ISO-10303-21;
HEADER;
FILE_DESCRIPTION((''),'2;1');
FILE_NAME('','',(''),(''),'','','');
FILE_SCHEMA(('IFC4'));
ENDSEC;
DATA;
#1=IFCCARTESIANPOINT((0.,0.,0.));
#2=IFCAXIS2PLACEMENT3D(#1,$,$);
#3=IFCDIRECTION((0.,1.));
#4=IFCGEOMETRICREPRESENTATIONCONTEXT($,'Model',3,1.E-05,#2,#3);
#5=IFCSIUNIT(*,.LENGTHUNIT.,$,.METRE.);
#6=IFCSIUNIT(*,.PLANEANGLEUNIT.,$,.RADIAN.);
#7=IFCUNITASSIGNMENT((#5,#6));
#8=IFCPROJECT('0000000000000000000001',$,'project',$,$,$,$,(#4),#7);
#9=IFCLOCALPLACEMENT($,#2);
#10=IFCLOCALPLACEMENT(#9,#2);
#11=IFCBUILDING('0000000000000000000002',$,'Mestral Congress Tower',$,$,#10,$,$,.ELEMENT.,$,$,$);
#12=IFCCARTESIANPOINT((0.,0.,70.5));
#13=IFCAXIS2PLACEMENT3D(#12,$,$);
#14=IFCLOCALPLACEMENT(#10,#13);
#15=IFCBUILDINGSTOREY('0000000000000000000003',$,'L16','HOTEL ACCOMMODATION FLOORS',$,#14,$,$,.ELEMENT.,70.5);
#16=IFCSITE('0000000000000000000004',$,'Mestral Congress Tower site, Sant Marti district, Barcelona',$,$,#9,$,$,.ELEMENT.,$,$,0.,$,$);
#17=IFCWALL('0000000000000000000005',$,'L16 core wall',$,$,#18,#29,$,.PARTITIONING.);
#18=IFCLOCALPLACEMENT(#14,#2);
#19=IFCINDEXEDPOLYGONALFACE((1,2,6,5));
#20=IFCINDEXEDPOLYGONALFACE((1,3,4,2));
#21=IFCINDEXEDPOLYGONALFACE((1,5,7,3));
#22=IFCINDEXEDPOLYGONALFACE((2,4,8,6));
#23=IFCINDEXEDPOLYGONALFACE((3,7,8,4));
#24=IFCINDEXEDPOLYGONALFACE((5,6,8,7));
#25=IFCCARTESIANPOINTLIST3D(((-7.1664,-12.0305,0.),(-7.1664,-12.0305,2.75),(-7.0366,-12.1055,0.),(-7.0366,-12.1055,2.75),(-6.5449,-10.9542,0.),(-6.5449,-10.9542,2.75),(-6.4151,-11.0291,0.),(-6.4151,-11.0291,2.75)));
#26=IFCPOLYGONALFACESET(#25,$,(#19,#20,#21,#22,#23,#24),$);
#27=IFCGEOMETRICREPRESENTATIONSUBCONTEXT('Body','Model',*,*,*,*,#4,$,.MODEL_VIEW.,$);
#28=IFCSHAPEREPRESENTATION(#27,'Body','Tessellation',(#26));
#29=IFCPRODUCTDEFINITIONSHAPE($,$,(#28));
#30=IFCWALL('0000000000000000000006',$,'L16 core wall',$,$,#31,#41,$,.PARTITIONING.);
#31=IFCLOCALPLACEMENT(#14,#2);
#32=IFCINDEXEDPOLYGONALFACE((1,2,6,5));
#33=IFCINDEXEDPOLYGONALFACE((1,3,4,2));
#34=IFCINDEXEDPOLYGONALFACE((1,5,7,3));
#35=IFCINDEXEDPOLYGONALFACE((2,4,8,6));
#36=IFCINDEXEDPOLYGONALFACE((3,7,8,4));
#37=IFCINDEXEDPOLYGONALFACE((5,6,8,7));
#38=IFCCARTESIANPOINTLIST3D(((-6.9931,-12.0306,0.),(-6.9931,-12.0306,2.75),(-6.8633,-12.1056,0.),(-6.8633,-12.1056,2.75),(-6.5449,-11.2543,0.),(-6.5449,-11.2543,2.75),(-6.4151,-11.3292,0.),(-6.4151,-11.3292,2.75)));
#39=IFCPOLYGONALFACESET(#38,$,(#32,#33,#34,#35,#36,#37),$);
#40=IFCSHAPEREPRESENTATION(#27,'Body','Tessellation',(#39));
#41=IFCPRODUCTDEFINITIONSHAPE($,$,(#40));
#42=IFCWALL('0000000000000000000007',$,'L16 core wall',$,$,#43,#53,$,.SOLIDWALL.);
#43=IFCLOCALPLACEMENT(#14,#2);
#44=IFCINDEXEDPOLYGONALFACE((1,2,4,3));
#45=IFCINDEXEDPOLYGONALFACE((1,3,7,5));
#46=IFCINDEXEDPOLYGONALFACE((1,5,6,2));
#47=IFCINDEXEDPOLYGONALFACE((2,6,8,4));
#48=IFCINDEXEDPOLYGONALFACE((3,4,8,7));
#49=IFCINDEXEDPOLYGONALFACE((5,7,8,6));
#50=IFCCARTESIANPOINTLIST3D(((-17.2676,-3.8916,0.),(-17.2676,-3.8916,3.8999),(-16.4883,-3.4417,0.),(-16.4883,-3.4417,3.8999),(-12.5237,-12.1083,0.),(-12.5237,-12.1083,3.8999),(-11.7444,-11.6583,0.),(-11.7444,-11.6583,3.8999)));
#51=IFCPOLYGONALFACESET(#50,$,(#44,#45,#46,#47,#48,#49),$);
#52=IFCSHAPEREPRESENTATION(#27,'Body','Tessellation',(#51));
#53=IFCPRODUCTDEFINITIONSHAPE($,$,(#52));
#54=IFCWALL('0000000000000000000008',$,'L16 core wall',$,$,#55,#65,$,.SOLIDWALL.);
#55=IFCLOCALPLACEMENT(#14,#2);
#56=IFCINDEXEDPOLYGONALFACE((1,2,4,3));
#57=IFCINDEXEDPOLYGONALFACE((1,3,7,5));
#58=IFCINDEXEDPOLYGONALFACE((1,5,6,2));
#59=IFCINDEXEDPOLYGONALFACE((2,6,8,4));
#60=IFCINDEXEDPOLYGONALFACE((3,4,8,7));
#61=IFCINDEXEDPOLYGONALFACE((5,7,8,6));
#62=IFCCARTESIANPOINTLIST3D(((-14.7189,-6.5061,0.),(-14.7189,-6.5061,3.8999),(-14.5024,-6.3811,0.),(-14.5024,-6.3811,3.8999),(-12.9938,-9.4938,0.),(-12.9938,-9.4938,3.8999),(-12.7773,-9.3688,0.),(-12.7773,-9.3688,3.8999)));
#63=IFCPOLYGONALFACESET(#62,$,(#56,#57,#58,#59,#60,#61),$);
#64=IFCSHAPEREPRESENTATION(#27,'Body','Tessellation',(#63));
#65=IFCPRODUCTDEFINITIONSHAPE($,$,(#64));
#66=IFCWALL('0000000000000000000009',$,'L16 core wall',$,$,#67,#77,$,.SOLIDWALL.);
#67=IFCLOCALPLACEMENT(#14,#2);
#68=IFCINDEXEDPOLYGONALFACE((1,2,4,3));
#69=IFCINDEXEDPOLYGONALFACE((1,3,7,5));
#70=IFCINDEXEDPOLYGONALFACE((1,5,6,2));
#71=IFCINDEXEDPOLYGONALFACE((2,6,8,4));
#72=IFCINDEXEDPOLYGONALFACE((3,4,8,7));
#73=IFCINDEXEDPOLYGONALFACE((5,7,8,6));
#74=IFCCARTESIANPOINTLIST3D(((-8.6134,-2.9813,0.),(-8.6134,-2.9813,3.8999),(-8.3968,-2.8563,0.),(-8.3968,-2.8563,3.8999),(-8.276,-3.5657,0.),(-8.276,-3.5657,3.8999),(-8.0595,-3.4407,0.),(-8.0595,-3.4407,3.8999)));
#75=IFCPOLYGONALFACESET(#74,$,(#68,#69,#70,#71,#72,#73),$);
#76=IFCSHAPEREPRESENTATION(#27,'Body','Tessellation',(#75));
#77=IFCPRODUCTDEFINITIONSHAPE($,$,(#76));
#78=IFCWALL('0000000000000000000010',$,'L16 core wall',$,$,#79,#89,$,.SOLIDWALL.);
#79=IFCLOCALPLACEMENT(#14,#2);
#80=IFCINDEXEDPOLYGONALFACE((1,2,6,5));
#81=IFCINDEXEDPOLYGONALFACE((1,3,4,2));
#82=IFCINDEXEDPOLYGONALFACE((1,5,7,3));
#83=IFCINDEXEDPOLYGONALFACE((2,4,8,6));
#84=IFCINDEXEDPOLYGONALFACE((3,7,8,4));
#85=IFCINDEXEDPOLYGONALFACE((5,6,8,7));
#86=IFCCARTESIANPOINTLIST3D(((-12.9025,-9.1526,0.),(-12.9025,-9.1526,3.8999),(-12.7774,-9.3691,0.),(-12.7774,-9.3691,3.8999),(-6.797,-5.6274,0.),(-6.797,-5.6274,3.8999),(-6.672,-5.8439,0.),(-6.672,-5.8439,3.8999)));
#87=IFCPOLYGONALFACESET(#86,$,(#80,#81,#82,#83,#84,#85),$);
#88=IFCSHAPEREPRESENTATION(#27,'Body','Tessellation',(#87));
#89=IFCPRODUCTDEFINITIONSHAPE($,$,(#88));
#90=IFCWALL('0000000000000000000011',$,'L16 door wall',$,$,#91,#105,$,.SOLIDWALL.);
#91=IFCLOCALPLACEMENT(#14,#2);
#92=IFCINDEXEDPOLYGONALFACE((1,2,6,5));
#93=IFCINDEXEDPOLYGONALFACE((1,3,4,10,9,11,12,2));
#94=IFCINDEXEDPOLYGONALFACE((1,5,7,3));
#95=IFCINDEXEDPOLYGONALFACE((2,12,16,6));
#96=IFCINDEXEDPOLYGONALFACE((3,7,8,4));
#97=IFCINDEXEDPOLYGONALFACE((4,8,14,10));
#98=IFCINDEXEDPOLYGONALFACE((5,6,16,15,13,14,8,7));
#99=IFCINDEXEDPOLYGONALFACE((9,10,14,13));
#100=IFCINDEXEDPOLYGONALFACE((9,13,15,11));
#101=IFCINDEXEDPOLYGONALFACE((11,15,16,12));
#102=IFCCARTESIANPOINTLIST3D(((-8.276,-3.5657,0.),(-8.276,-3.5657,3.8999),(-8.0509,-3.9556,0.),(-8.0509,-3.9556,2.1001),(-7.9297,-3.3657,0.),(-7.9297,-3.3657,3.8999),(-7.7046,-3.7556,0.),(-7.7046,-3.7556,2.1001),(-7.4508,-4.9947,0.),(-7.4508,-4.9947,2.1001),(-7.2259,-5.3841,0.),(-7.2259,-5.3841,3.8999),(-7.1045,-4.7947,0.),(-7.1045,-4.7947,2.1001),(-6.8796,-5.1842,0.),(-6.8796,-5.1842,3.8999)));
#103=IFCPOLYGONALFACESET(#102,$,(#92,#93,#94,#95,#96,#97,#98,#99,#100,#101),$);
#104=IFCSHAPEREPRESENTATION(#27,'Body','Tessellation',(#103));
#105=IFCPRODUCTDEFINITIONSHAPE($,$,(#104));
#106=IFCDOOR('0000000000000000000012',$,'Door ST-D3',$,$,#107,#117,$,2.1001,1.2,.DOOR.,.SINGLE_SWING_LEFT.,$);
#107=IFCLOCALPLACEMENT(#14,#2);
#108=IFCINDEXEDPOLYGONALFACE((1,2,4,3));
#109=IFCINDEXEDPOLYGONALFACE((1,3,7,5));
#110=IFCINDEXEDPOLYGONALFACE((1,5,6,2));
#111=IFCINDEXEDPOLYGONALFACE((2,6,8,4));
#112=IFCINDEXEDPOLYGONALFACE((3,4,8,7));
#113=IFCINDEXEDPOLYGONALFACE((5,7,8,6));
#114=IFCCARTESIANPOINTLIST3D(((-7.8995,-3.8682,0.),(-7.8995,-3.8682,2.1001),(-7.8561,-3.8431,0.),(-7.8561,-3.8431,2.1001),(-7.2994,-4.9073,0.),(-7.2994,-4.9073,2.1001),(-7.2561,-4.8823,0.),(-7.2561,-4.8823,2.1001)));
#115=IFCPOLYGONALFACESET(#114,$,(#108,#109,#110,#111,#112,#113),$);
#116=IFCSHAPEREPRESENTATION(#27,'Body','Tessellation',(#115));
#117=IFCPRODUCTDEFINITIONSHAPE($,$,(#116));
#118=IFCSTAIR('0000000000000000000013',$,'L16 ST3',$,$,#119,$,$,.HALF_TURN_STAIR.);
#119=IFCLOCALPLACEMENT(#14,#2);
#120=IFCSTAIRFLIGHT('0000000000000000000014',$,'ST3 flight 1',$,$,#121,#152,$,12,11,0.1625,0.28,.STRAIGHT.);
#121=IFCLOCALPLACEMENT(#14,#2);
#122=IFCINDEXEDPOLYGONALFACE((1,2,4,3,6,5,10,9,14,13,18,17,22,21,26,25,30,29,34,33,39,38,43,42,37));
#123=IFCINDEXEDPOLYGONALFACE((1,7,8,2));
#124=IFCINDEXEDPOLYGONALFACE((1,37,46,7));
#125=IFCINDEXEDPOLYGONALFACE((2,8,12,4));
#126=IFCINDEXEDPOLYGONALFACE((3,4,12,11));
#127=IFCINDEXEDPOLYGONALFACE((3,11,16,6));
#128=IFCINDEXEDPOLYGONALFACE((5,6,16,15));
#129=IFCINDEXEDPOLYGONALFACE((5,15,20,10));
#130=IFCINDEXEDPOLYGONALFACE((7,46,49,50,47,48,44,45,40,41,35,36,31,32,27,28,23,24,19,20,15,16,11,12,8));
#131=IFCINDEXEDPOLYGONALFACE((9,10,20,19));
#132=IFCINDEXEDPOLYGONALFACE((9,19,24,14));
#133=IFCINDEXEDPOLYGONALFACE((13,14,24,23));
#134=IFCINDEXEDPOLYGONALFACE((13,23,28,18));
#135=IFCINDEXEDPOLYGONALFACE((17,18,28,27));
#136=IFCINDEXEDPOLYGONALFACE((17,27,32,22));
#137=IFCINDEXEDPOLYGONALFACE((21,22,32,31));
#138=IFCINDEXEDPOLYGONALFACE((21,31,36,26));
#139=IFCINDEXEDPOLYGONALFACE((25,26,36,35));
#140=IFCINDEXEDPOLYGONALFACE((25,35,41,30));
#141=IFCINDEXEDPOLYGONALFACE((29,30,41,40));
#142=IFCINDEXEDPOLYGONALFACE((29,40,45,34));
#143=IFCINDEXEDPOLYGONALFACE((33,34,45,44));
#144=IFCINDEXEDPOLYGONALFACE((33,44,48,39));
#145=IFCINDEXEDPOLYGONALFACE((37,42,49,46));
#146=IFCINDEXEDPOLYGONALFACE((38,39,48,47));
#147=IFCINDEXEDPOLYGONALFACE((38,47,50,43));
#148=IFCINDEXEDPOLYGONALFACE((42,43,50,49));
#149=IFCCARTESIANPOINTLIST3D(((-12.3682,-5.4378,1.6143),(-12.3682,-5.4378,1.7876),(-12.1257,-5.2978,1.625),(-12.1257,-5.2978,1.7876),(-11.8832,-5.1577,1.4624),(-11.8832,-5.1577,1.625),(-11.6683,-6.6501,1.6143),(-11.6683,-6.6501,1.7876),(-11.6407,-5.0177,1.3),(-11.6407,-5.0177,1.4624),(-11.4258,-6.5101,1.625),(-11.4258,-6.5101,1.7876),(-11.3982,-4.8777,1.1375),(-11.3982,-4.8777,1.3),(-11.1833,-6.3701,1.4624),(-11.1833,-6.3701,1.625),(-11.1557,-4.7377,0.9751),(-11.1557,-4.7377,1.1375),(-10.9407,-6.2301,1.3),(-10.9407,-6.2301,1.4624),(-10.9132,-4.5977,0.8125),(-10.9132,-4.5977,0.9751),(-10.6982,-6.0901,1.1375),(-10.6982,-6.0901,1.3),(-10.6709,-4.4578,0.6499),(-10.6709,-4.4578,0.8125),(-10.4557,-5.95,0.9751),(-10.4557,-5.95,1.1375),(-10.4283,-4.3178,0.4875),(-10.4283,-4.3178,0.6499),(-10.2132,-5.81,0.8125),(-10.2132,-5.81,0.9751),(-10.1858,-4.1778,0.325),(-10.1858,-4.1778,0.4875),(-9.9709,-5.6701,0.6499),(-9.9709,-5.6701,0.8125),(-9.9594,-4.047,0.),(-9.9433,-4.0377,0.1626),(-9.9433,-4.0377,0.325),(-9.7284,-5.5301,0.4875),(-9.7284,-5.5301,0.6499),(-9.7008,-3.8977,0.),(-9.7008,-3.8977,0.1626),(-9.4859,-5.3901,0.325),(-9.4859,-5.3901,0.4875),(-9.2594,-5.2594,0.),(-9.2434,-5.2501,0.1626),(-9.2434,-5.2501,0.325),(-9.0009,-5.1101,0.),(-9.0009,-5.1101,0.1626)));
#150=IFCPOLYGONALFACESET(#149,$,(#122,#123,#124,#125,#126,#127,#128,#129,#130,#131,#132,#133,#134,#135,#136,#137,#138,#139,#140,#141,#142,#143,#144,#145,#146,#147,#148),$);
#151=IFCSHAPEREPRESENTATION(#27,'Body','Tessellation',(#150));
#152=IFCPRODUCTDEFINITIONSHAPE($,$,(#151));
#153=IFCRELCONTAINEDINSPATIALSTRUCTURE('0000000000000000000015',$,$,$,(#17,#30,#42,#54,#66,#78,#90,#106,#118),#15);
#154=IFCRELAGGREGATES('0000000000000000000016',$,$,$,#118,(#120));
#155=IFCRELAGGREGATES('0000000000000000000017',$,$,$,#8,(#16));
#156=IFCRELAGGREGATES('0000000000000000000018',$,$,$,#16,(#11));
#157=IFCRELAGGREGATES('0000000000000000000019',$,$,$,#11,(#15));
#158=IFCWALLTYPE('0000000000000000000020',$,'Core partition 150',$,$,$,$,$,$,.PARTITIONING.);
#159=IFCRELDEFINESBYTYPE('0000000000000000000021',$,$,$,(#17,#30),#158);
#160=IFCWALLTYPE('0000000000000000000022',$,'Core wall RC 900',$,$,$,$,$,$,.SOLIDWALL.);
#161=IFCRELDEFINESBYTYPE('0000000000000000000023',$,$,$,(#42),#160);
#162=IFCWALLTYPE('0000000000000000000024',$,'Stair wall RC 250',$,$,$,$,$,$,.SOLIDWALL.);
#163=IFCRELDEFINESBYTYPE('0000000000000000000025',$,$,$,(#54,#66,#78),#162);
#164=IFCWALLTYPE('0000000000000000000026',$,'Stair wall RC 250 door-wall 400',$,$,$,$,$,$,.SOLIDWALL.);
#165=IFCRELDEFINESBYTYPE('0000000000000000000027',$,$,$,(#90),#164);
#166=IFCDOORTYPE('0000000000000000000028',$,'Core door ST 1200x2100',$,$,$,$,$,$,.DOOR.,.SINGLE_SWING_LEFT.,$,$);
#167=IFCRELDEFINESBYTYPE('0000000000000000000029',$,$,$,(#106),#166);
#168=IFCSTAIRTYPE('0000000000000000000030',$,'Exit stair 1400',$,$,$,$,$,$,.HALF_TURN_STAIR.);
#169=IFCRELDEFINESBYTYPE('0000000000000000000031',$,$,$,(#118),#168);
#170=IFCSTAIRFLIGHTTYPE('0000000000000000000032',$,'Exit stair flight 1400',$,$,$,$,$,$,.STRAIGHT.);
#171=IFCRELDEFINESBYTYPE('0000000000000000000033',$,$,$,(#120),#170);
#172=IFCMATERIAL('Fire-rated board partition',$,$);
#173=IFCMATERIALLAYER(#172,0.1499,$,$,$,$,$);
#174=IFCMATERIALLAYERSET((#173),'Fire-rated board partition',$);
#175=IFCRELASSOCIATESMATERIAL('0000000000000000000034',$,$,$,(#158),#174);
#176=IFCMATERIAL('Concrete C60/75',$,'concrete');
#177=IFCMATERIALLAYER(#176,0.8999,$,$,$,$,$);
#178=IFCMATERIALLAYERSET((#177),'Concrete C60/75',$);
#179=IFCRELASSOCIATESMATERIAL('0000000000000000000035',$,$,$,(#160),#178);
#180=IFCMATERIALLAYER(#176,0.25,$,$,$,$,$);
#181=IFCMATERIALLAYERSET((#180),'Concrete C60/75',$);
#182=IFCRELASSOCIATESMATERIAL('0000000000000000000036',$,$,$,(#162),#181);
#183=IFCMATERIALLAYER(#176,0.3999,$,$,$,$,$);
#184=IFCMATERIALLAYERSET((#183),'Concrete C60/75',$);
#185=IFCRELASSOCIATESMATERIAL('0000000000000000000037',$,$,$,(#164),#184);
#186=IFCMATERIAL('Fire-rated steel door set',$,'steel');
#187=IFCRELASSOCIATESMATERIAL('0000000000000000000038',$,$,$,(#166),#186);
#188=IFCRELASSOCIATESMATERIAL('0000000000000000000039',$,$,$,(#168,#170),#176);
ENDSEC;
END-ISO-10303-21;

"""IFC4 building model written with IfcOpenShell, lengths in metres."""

from ifc_helpers import new_model, si_unit, direction, frame, frame_2d, origin, place, context, subcontext, project, spatial, polyline, rectangle, outline, extrude, material, layer, layer_set, type_object, element, fill, aggregate, save


model = new_model("IFC4")

# Units and contexts
model_context = context("Model", 3, precision=1e-05, world=origin(), true_north=direction((0.0, 1.0)))
body_context = subcontext(model_context, "Body", "Model", "MODEL_VIEW")
ifc_project = project(units=[si_unit("LENGTHUNIT", "METRE"), si_unit("PLANEANGLEUNIT", "RADIAN")], contexts=[model_context])

# Site, building, storey
site_placement = place(None, origin())
site = spatial("IfcSite", under=ifc_project, at=site_placement, Name="Mestral Congress Tower site, Sant Marti district, Barcelona", CompositionType="ELEMENT", RefElevation=0.0)
building_placement = place(site_placement, origin())
building = spatial("IfcBuilding", under=site, at=building_placement, Name="Mestral Congress Tower", CompositionType="ELEMENT")
storey_placement = place(building_placement, frame((0.0, 0.0, 70.5)))
storey = spatial("IfcBuildingStorey", under=building, at=storey_placement, Name="L16", Description="HOTEL ACCOMMODATION FLOORS", CompositionType="ELEMENT", Elevation=70.5)

# Walls
ifc_material_1 = material(Name="Fire-rated board partition")
ifc_layer_1 = layer(ifc_material_1, 0.1499)
ifc_layer_set_1 = layer_set([ifc_layer_1], Name="Fire-rated board partition")
wall_type_1 = type_object("IfcWallType", Name="Core partition 150", PredefinedType="PARTITIONING", material=ifc_layer_set_1)
wall_1_placement = place(storey_placement, frame((-7.1016, -12.0681, 0.0), z_axis=(0.0, 0.0, 1.0), x_axis=(0.500068, 0.865986, 0.0)))
element("IfcWall", 1, at=wall_1_placement, inside=storey, type_object=wall_type_1, Name="L16 core wall", PredefinedType="PARTITIONING", context=body_context, shape_type="SweptSolid", body=[
    extrude(rectangle(XDim=1.2429, YDim=0.1499, at=frame_2d((0.6216, 0.0))), origin(), (0.0, 0.0, 1.0), 2.75),
])
wall_2_placement = place(storey_placement, frame((-6.9282, -12.0681, 0.0), z_axis=(0.0, 0.0, 1.0), x_axis=(0.500005, 0.866022, 0.0)))
element("IfcWall", 2, at=wall_2_placement, inside=storey, type_object=wall_type_1, Name="L16 core wall", PredefinedType="PARTITIONING", context=body_context, shape_type="SweptSolid", body=[
    extrude(rectangle(XDim=0.8965, YDim=0.1499, at=frame_2d((0.4482, 0.0))), origin(), (0.0, 0.0, 1.0), 2.75),
])
ifc_material_2 = material(Name="Concrete C60/75", Category="concrete")
ifc_layer_2 = layer(ifc_material_2, 0.8999)
ifc_layer_set_2 = layer_set([ifc_layer_2], Name="Concrete C60/75")
wall_type_2 = type_object("IfcWallType", Name="Core wall RC 900", PredefinedType="SOLIDWALL", material=ifc_layer_set_2)
wall_3_placement = place(storey_placement, frame((-12.134, -11.8833, 0.0), z_axis=(0.0, 0.0, 1.0), x_axis=(-0.500005, 0.866022, 0.0)))
element("IfcWall", 3, at=wall_3_placement, inside=storey, type_object=wall_type_2, Name="L16 core wall", PredefinedType="SOLIDWALL", context=body_context, shape_type="SweptSolid", body=[
    extrude(rectangle(XDim=9.4878, YDim=0.8999, at=frame_2d((4.7439, 0.0))), origin(), (0.0, 0.0, 1.0), 3.8999),
])
ifc_layer_3 = layer(ifc_material_2, 0.25)
ifc_layer_set_3 = layer_set([ifc_layer_3], Name="Concrete C60/75")
wall_type_3 = type_object("IfcWallType", Name="Stair wall RC 250", PredefinedType="SOLIDWALL", material=ifc_layer_set_3)
wall_4_placement = place(storey_placement, frame((-12.8855, -9.4314, 0.0), z_axis=(0.0, 0.0, 1.0), x_axis=(-0.500021, 0.866014, 0.0)))
element("IfcWall", 4, at=wall_4_placement, inside=storey, type_object=wall_type_3, Name="L16 core wall", PredefinedType="SOLIDWALL", context=body_context, shape_type="SweptSolid", body=[
    extrude(rectangle(XDim=3.45, YDim=0.25, at=frame_2d((1.7251, 0.0))), origin(), (0.0, 0.0, 1.0), 3.8999),
])
wall_5_placement = place(storey_placement, frame((-8.1677, -3.5032, 0.0), z_axis=(0.0, 0.0, 1.0), x_axis=(-0.499952, 0.866053, 0.0)))
element("IfcWall", 5, at=wall_5_placement, inside=storey, type_object=wall_type_3, Name="L16 core wall", PredefinedType="SOLIDWALL", context=body_context, shape_type="SweptSolid", body=[
    extrude(rectangle(XDim=0.6748, YDim=0.25, at=frame_2d((0.3374, 0.0))), origin(), (0.0, 0.0, 1.0), 3.8999),
])
wall_6_placement = place(storey_placement, frame((-12.8398, -9.2607, 0.0), z_axis=(0.0, 0.0, 1.0), x_axis=(0.866016, 0.500016, 0.0)))
element("IfcWall", 6, at=wall_6_placement, inside=storey, type_object=wall_type_3, Name="L16 core wall", PredefinedType="SOLIDWALL", context=body_context, shape_type="SweptSolid", body=[
    extrude(rectangle(XDim=7.05, YDim=0.25, at=frame_2d((3.5249, 0.0))), origin(), (0.0, 0.0, 1.0), 3.8999),
])

# Wall, opening, door
ifc_layer_4 = layer(ifc_material_2, 0.3999)
ifc_layer_set_4 = layer_set([ifc_layer_4], Name="Concrete C60/75")
wall_type_4 = type_object("IfcWallType", Name="Stair wall RC 250 door-wall 400", PredefinedType="SOLIDWALL", material=ifc_layer_set_4)
wall_7_placement = place(storey_placement, frame((-8.1028, -3.4658, 0.0), z_axis=(0.0, 0.0, 1.0), x_axis=(0.500078, -0.86598, 0.0)))
wall_7 = element("IfcWall", 7, at=wall_7_placement, inside=storey, type_object=wall_type_4, Name="L16 door wall", PredefinedType="SOLIDWALL", context=body_context, shape_type="SweptSolid", body=[
    extrude(rectangle(XDim=2.0999, YDim=0.3999, at=frame_2d((1.0498, 0.0))), origin(), (0.0, 0.0, 1.0), 3.8999),
])
opening_placement = place(wall_7_placement, frame((0.45, 0.0, 0.0)))
opening = element("IfcOpeningElement", 8, at=opening_placement, cuts=wall_7, PredefinedType="OPENING", context=body_context, shape_type="SweptSolid", body=[
    extrude(rectangle(XDim=1.2, YDim=2.1001, at=frame_2d((0.6001, 1.05))), frame((0.0, 0.21, 0.0), z_axis=(0.0, -1.0, 0.0), x_axis=(1.0, 0.0, 0.0)), (0.0, 0.0, 1.0), 0.4199),
])
ifc_material_3 = material(Name="Fire-rated steel door set", Category="steel")
door_type = type_object("IfcDoorType", Name="Core door ST 1200x2100", OperationType="SINGLE_SWING_LEFT", PredefinedType="DOOR", material=ifc_material_3)
door_placement = place(opening_placement, origin())
door = element("IfcDoor", 9, at=door_placement, inside=storey, type_object=door_type, Name="Door ST-D3", OperationType="SINGLE_SWING_LEFT", OverallHeight=2.1001, OverallWidth=1.2, PredefinedType="DOOR", context=body_context, shape_type="SweptSolid", body=[
    extrude(rectangle(XDim=1.2, YDim=2.1001, at=frame_2d((0.6001, 1.05))), frame((0.0, 0.0249, 0.0), z_axis=(0.0, -1.0, 0.0), x_axis=(1.0, 0.0, 0.0)), (0.0, 0.0, 1.0), 0.05),
])
fill(opening, door)

# Stair, stair flight
stair_type = type_object("IfcStairType", Name="Exit stair 1400", PredefinedType="HALF_TURN_STAIR", material=ifc_material_2)
stair_placement = place(storey_placement, origin())
stair = element("IfcStair", 10, at=stair_placement, inside=storey, type_object=stair_type, Name="L16 ST3", PredefinedType="HALF_TURN_STAIR")
stair_flight_type = type_object("IfcStairFlightType", Name="Exit stair flight 1400", PredefinedType="STRAIGHT", material=ifc_material_2)
stair_flight_1_placement = place(storey_placement, frame((-9.3508, -4.5039, 0.0), z_axis=(0.0, 0.0, 1.0), x_axis=(-0.866025, -0.5, 0.0)))
stair_flight_1 = element("IfcStairFlight", 11, at=stair_flight_1_placement, type_object=stair_flight_type, Name="ST3 flight 1", NumberOfRisers=12, NumberOfTreads=11, PredefinedType="STRAIGHT", RiserHeight=0.1625, TreadLength=0.28, context=body_context, shape_type="SweptSolid", body=[
    extrude(outline(polyline([(0.0, 0.0), (0.0, 0.1626), (0.28, 0.1626), (0.28, 0.325), (0.5601, 0.325), (0.5601, 0.4875), (0.8401, 0.4875), (0.8401, 0.6499), (1.1201, 0.6499), (1.1201, 0.8125), (1.3999, 0.8125), (1.3999, 0.9751), (1.6799, 0.9751), (1.6799, 1.1375), (1.96, 1.1375), (1.96, 1.3), (2.24, 1.3), (2.24, 1.4624), (2.52, 1.4624), (2.52, 1.625), (2.8, 1.625), (2.8, 1.7876), (3.0801, 1.7876), (3.0801, 1.95), (3.0801, 1.6143), (0.2986, 0.0), (0.0, 0.0)])), frame((0.0, 0.7, 0.0), z_axis=(0.0, -1.0, 0.0), x_axis=(1.0, 0.0, 0.0)), (0.0, 0.0, 1.0), 1.3999),
])
aggregate(stair, [stair_flight_1])

save(model, "model.ifc")
